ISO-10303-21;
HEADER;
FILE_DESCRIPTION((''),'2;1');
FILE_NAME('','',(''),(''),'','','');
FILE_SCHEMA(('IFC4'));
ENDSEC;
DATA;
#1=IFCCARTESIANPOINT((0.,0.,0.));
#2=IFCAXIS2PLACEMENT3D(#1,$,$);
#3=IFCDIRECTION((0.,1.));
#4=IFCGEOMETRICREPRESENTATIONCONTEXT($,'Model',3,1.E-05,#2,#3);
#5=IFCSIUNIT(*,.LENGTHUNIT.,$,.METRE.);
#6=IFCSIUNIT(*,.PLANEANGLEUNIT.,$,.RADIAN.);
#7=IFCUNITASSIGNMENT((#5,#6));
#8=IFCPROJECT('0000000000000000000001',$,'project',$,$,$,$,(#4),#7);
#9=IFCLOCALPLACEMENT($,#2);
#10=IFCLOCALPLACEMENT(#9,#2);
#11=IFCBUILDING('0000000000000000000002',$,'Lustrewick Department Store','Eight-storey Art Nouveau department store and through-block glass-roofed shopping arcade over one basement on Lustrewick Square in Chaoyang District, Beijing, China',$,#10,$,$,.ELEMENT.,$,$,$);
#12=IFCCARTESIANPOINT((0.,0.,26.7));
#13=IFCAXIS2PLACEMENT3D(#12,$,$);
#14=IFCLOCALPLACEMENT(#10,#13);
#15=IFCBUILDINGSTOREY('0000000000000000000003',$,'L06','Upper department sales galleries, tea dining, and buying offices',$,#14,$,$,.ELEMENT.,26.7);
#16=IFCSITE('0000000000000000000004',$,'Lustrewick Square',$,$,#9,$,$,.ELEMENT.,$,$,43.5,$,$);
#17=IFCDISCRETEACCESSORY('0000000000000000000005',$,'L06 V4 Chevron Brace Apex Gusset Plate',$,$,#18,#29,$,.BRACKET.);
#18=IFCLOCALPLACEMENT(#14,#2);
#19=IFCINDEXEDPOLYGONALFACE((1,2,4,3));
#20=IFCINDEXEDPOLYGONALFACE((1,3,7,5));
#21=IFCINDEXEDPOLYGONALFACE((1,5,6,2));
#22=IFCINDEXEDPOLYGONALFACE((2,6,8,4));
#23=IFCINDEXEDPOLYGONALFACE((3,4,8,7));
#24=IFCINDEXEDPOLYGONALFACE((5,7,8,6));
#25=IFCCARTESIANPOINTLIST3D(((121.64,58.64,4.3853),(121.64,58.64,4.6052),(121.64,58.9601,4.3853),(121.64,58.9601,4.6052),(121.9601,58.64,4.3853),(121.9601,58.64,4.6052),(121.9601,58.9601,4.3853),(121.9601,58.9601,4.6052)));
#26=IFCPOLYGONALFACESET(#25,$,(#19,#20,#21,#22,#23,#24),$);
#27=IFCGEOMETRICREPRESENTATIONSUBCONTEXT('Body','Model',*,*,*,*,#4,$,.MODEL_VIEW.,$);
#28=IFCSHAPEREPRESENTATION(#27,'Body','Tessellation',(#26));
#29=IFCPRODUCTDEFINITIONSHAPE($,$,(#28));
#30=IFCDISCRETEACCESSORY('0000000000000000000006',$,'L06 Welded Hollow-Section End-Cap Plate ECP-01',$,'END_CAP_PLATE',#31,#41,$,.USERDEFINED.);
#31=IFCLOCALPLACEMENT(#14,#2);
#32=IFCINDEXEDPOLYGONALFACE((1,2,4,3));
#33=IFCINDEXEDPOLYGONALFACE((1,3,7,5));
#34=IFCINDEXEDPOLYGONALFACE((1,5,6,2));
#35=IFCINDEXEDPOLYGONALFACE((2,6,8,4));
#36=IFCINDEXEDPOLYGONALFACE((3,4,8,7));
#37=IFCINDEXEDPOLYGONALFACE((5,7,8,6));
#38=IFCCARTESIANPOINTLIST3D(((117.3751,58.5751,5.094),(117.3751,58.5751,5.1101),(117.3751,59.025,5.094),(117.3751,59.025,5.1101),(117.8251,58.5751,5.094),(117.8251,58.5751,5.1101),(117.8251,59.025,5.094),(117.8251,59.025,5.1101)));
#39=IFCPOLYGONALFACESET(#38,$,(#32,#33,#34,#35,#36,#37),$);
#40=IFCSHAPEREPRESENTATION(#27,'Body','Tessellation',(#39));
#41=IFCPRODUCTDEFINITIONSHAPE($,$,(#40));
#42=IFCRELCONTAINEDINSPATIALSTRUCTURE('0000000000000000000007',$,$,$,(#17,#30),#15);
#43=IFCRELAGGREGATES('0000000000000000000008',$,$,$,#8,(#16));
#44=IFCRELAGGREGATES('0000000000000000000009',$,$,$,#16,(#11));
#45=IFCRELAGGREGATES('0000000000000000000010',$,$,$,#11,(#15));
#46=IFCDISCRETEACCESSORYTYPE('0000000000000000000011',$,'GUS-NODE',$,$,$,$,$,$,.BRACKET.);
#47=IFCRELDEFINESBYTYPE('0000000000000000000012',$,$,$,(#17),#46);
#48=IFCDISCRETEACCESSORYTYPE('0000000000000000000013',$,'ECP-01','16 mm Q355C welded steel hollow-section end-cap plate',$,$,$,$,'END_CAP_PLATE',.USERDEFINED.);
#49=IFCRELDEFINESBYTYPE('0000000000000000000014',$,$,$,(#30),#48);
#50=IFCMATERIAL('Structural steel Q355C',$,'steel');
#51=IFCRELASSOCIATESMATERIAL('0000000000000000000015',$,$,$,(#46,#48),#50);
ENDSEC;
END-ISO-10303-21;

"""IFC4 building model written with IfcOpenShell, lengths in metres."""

from ifc_helpers import new_model, si_unit, direction, frame, origin, origin_2d, place, context, subcontext, project, spatial, rectangle, extrude, material, type_object, element, save


model = new_model("IFC4")

# Units and contexts
model_context = context("Model", 3, precision=1e-05, world=origin(), true_north=direction((0.0, 1.0)))
body_context = subcontext(model_context, "Body", "Model", "MODEL_VIEW")
ifc_project = project(units=[si_unit("LENGTHUNIT", "METRE"), si_unit("PLANEANGLEUNIT", "RADIAN")], contexts=[model_context])

# Site, building, storey
site_placement = place(None, origin())
site = spatial("IfcSite", under=ifc_project, at=site_placement, Name="Lustrewick Square", CompositionType="ELEMENT", RefElevation=43.5)
building_placement = place(site_placement, origin())
building = spatial("IfcBuilding", under=site, at=building_placement, Name="Lustrewick Department Store", Description="Eight-storey Art Nouveau department store and through-block glass-roofed shopping arcade over one basement on Lustrewick Square in Chaoyang District, Beijing, China", CompositionType="ELEMENT")
storey_placement = place(building_placement, frame((0.0, 0.0, 26.7)))
storey = spatial("IfcBuildingStorey", under=building, at=storey_placement, Name="L06", Description="Upper department sales galleries, tea dining, and buying offices", CompositionType="ELEMENT", Elevation=26.7)

# Shared definitions
ifc_material_1 = material(Name="Structural steel Q355C", Category="steel")

# Discrete accessories
discrete_accessory_type_1 = type_object("IfcDiscreteAccessoryType", Name="GUS-NODE", PredefinedType="BRACKET", material=ifc_material_1)
discrete_accessory_1_placement = place(storey_placement, frame((121.8, 58.8, 4.3853), z_axis=(0.0, 0.0, 1.0), x_axis=(1.0, 0.0, 0.0)))
element("IfcDiscreteAccessory", 1, at=discrete_accessory_1_placement, inside=storey, type_object=discrete_accessory_type_1, Name="L06 V4 Chevron Brace Apex Gusset Plate", PredefinedType="BRACKET", context=body_context, shape_type="SweptSolid", body=[
    extrude(rectangle(XDim=0.3201, YDim=0.3201, at=origin_2d()), origin(), (0.0, 0.0, 1.0), 0.22),
])
discrete_accessory_type_2 = type_object("IfcDiscreteAccessoryType", Name="ECP-01", Description="16 mm Q355C welded steel hollow-section end-cap plate", ElementType="END_CAP_PLATE", PredefinedType="USERDEFINED", material=ifc_material_1)
discrete_accessory_2_placement = place(storey_placement, frame((117.6001, 58.8, 5.094), z_axis=(0.0, 0.0, 1.0), x_axis=(1.0, 0.0, 0.0)))
element("IfcDiscreteAccessory", 2, at=discrete_accessory_2_placement, inside=storey, type_object=discrete_accessory_type_2, Name="L06 Welded Hollow-Section End-Cap Plate ECP-01", ObjectType="END_CAP_PLATE", PredefinedType="USERDEFINED", context=body_context, shape_type="SweptSolid", body=[
    extrude(rectangle(XDim=0.45, YDim=0.45, at=origin_2d()), origin(), (0.0, 0.0, 1.0), 0.0161),
])

save(model, "model.ifc")
